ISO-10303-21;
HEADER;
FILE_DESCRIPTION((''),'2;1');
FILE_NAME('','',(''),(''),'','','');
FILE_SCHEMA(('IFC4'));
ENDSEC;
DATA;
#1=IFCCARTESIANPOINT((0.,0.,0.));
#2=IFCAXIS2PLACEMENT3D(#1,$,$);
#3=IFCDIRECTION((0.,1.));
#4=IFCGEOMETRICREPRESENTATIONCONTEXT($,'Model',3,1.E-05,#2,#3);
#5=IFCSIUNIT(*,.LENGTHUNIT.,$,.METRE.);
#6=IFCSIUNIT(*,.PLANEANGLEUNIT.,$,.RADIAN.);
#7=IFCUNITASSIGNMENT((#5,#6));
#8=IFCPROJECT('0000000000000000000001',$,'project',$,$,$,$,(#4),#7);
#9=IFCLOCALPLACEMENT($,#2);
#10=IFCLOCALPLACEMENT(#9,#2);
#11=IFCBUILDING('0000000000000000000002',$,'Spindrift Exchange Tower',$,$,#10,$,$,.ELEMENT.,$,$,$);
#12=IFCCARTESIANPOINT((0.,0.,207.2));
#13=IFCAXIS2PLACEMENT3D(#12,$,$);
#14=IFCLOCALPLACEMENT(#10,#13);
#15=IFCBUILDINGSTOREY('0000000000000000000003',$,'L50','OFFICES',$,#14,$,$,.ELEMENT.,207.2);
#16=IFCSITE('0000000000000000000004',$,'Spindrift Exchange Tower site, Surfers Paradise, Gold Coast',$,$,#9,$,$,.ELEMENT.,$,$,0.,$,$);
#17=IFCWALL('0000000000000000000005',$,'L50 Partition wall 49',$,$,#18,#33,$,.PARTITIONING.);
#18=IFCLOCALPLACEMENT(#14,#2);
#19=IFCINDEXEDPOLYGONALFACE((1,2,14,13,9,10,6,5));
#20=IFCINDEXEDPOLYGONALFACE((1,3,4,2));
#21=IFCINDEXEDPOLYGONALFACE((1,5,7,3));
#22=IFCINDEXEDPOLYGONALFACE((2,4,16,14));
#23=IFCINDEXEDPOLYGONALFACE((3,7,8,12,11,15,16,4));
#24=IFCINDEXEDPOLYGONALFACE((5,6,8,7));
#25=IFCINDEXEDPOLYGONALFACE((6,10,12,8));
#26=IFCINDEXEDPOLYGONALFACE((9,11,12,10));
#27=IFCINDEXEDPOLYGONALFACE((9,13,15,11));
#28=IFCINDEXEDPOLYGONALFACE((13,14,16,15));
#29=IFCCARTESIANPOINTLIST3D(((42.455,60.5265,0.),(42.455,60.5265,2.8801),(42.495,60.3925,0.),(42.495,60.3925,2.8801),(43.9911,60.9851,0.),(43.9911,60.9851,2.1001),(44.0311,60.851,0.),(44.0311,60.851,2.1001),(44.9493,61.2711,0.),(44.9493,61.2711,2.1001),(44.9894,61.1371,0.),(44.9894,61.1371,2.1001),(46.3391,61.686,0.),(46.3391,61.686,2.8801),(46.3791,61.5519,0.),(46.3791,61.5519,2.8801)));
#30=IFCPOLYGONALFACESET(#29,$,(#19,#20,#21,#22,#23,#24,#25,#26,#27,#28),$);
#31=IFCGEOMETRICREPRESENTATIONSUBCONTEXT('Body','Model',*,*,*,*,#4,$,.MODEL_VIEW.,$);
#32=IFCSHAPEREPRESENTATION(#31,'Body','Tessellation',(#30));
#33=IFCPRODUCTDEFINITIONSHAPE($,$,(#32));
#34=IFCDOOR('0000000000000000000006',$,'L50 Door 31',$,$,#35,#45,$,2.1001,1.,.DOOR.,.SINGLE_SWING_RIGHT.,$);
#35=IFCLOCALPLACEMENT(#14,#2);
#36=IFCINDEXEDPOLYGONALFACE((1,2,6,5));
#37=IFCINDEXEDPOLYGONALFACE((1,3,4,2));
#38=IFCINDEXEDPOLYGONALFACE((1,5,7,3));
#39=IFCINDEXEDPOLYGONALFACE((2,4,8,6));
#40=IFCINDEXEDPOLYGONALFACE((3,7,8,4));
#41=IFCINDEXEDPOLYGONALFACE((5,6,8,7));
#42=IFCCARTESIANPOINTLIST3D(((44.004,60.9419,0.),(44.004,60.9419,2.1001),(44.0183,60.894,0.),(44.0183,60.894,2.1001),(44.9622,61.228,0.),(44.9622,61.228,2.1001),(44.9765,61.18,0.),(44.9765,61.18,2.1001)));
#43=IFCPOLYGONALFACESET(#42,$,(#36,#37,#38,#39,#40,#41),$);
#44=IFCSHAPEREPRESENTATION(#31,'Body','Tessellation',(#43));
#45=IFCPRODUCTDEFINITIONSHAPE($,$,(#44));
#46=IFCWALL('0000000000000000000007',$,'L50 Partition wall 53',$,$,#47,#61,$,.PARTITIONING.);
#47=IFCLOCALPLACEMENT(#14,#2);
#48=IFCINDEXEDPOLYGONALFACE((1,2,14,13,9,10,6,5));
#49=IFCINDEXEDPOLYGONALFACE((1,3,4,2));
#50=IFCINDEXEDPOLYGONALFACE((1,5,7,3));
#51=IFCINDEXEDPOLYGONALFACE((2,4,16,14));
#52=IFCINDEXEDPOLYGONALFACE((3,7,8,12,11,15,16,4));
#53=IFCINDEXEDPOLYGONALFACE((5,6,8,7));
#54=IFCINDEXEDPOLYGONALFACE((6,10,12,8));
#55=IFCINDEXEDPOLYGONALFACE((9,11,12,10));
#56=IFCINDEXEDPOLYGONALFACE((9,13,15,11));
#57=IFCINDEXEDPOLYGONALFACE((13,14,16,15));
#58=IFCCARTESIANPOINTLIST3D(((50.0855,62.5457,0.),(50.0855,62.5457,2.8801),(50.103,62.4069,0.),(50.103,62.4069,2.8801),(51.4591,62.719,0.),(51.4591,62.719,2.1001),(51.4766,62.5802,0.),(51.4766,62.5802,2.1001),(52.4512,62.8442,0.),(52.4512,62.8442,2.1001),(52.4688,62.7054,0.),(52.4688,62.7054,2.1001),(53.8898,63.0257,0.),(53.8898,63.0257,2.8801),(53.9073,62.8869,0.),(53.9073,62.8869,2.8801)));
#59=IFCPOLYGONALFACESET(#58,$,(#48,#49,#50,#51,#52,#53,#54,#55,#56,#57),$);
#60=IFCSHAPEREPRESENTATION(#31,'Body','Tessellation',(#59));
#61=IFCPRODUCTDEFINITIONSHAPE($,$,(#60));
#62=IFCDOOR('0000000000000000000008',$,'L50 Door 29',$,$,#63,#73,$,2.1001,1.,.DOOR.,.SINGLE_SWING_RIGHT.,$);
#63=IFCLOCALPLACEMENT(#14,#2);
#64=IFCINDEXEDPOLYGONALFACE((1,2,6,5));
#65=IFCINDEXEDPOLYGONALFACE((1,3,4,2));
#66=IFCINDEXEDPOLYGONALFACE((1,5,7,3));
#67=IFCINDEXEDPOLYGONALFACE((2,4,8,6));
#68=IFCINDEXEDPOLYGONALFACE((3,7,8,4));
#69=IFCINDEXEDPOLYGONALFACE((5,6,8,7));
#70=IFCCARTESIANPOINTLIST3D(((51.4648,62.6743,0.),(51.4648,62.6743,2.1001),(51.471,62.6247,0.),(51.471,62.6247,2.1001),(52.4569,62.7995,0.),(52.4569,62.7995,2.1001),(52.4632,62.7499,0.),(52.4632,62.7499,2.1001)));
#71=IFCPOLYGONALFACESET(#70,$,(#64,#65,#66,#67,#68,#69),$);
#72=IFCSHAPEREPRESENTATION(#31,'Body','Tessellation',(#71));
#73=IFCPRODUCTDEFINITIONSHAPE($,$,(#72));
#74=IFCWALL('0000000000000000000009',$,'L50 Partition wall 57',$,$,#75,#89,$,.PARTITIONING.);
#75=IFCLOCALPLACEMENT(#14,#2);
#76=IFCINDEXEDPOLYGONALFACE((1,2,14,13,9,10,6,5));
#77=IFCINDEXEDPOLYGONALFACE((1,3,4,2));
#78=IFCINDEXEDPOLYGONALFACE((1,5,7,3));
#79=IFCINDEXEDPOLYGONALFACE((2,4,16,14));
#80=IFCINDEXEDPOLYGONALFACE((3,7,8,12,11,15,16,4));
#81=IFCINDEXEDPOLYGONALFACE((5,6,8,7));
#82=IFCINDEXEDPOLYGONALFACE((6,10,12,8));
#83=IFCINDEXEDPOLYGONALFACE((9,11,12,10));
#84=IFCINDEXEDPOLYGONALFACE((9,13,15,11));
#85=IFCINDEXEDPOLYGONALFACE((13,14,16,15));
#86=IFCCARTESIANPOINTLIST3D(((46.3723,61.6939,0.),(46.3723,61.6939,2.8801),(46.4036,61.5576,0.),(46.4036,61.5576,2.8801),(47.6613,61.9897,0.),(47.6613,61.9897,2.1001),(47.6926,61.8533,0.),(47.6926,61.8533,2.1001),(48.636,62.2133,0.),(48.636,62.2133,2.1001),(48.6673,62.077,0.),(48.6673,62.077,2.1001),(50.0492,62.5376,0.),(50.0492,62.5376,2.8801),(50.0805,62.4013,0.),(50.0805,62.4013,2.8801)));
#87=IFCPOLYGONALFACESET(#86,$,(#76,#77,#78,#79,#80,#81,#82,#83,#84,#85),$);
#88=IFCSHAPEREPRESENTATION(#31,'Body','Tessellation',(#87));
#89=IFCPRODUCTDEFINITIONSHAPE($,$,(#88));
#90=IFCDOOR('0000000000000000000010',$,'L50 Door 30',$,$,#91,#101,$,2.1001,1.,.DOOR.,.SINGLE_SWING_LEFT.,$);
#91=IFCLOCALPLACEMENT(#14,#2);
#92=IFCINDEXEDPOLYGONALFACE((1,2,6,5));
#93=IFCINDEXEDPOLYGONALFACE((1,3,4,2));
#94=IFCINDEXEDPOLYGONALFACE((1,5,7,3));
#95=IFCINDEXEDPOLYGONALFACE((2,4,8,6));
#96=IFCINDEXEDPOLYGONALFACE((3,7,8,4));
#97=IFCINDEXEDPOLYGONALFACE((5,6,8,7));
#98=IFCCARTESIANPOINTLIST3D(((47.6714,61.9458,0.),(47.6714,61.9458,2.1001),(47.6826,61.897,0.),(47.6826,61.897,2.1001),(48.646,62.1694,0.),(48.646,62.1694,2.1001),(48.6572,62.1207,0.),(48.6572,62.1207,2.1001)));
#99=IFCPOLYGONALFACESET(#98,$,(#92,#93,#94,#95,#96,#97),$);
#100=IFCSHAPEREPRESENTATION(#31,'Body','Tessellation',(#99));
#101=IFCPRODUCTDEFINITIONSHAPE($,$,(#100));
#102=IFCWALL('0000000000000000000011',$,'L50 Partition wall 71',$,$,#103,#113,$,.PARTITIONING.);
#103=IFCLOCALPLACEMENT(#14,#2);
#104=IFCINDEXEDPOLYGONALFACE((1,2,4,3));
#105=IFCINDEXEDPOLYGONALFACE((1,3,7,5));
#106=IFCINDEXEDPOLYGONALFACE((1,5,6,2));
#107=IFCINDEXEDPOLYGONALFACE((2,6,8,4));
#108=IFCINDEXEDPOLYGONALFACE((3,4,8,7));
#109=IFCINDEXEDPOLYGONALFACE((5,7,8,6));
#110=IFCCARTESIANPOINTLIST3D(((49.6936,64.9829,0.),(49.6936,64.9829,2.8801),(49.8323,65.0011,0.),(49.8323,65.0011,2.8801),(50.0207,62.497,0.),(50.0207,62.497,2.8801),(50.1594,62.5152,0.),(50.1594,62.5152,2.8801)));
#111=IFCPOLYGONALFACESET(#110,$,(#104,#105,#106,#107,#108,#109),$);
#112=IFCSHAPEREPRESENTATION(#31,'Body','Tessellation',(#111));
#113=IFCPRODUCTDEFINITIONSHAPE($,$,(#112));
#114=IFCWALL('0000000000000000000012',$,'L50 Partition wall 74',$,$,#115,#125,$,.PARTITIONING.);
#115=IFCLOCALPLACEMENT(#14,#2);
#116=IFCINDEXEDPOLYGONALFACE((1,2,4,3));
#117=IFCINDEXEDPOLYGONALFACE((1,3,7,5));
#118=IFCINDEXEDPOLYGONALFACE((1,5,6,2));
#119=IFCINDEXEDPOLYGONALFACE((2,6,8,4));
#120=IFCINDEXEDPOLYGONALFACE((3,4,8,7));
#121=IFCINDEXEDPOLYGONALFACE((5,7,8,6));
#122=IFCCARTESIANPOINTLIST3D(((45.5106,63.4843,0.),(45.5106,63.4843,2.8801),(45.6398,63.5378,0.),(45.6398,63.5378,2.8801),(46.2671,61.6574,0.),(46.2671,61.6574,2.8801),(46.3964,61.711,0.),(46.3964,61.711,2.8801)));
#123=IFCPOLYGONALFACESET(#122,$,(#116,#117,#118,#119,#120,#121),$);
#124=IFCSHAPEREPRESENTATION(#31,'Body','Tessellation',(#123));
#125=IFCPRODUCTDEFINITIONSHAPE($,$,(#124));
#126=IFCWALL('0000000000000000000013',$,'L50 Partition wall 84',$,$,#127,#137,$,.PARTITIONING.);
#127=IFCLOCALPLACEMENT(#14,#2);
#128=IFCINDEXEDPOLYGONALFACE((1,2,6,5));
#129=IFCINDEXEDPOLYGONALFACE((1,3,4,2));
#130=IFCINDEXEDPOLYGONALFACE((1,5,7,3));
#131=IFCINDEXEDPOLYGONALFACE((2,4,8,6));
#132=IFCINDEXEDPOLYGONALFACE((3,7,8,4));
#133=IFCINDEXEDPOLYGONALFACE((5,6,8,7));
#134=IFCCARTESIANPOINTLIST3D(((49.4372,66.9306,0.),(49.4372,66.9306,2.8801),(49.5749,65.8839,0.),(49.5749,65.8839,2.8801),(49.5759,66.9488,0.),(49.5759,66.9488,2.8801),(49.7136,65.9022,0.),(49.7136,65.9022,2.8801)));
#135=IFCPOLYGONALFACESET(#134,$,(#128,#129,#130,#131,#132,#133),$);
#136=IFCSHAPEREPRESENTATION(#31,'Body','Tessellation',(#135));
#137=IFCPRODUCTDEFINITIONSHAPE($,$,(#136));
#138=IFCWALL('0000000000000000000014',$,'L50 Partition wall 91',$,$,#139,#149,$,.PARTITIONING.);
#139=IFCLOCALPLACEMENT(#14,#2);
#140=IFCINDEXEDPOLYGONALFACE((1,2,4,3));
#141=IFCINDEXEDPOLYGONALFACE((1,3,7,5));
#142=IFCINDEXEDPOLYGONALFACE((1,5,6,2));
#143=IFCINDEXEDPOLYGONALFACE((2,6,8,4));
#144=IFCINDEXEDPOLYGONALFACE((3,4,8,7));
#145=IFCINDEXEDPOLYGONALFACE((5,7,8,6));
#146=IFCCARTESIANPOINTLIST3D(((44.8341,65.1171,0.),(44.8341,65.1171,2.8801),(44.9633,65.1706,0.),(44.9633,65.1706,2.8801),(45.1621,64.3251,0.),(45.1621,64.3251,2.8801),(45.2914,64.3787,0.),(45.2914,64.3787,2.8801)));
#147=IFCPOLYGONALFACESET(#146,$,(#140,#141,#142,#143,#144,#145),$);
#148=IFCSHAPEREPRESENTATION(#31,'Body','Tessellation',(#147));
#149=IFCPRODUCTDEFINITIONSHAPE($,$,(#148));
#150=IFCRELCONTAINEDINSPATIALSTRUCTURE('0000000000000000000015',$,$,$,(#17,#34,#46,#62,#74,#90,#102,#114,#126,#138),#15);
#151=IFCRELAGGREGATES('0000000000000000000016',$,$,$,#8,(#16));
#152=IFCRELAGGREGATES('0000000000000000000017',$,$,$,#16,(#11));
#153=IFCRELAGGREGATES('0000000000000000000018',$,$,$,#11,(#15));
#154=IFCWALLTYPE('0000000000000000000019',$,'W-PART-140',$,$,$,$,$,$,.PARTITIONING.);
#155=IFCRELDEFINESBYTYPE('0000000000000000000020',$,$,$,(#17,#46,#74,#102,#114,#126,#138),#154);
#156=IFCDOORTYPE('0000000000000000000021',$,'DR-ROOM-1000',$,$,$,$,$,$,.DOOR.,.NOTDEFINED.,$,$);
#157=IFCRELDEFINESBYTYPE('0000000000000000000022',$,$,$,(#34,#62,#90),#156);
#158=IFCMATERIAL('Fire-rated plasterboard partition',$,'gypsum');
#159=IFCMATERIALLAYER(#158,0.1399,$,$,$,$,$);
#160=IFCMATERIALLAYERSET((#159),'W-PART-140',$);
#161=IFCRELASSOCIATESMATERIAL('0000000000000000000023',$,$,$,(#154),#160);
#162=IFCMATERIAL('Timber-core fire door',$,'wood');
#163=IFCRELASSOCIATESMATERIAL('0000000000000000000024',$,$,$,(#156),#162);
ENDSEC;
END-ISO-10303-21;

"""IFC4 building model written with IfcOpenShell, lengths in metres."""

from ifc_helpers import new_model, si_unit, direction, frame, frame_2d, origin, place, context, subcontext, project, spatial, rectangle, extrude, source, transform, mapped, material, layer, layer_set, type_object, element, fill, save


model = new_model("IFC4")

# Units and contexts
model_context = context("Model", 3, precision=1e-05, world=origin(), true_north=direction((0.0, 1.0)))
body_context = subcontext(model_context, "Body", "Model", "MODEL_VIEW")
ifc_project = project(units=[si_unit("LENGTHUNIT", "METRE"), si_unit("PLANEANGLEUNIT", "RADIAN")], contexts=[model_context])

# Site, building, storey
site_placement = place(None, origin())
site = spatial("IfcSite", under=ifc_project, at=site_placement, Name="Spindrift Exchange Tower site, Surfers Paradise, Gold Coast", CompositionType="ELEMENT", RefElevation=0.0)
building_placement = place(site_placement, origin())
building = spatial("IfcBuilding", under=site, at=building_placement, Name="Spindrift Exchange Tower", CompositionType="ELEMENT")
storey_placement = place(building_placement, frame((0.0, 0.0, 207.2)))
storey = spatial("IfcBuildingStorey", under=building, at=storey_placement, Name="L50", Description="OFFICES", CompositionType="ELEMENT", Elevation=207.2)

# Walls, openings, doors
ifc_material_1 = material(Name="Fire-rated plasterboard partition", Category="gypsum")
ifc_layer_1 = layer(ifc_material_1, 0.1399)
ifc_layer_set_1 = layer_set([ifc_layer_1], Name="W-PART-140")
wall_type = type_object("IfcWallType", Name="W-PART-140", PredefinedType="PARTITIONING", material=ifc_layer_set_1)
wall_1_placement = place(storey_placement, frame((42.4749, 60.4595, 0.0), z_axis=(0.0, 0.0, 1.0), x_axis=(0.958218, 0.286038, 0.0)))
wall_1 = element("IfcWall", 1, at=wall_1_placement, inside=storey, type_object=wall_type, Name="L50 Partition wall 49", PredefinedType="PARTITIONING", context=body_context, shape_type="SweptSolid", body=[
    extrude(rectangle(XDim=4.0535, YDim=0.1399, at=frame_2d((2.0269, 0.0))), origin(), (0.0, 0.0, 1.0), 2.8801),
])
opening_1_placement = place(wall_1_placement, frame((1.6033, 0.0, 0.0)))
opening_1 = element("IfcOpeningElement", 2, at=opening_1_placement, cuts=wall_1, PredefinedType="OPENING", context=body_context, shape_type="SweptSolid", body=[
    extrude(rectangle(XDim=1.0, YDim=2.1001, at=frame_2d((0.5, 1.05))), frame((0.0, 0.0798, 0.0), z_axis=(0.0, -1.0, 0.0), x_axis=(1.0, 0.0, 0.0)), (0.0, 0.0, 1.0), 0.1599),
])
ifc_material_2 = material(Name="Timber-core fire door", Category="wood")
door_type = type_object("IfcDoorType", Name="DR-ROOM-1000", OperationType="NOTDEFINED", PredefinedType="DOOR", material=ifc_material_2)
shared_shape_1 = source(origin(), body_context, "Body", "SweptSolid", [
    extrude(rectangle(XDim=1.0, YDim=2.1001, at=frame_2d((0.5, 1.05))), frame((0.0, 0.0249, 0.0), z_axis=(0.0, -1.0, 0.0), x_axis=(1.0, 0.0, 0.0)), (0.0, 0.0, 1.0), 0.05),
])
door_1_placement = place(opening_1_placement, origin())
door_1 = element("IfcDoor", 3, at=door_1_placement, inside=storey, type_object=door_type, Name="L50 Door 31", OperationType="SINGLE_SWING_RIGHT", OverallHeight=2.1001, OverallWidth=1.0, PredefinedType="DOOR", context=body_context, shape_type="MappedRepresentation", body=[
    mapped(shared_shape_1, transform((0.0, 0.0, 0.0), scale=1.0)),
])
fill(opening_1, door_1)
wall_2_placement = place(storey_placement, frame((50.0942, 62.4763, 0.0), z_axis=(0.0, 0.0, 1.0), x_axis=(0.992134, 0.125179, 0.0)))
wall_2 = element("IfcWall", 4, at=wall_2_placement, inside=storey, type_object=wall_type, Name="L50 Partition wall 53", PredefinedType="PARTITIONING", context=body_context, shape_type="SweptSolid", body=[
    extrude(rectangle(XDim=3.8345, YDim=0.1399, at=frame_2d((1.9172, 0.0))), origin(), (0.0, 0.0, 1.0), 2.8801),
])
opening_2_placement = place(wall_2_placement, frame((1.3845, 0.0, 0.0)))
opening_2 = element("IfcOpeningElement", 5, at=opening_2_placement, cuts=wall_2, PredefinedType="OPENING", context=body_context, shape_type="SweptSolid", body=[
    extrude(rectangle(XDim=1.0, YDim=2.1001, at=frame_2d((0.5, 1.05))), frame((0.0, 0.0798, 0.0), z_axis=(0.0, -1.0, 0.0), x_axis=(1.0, 0.0, 0.0)), (0.0, 0.0, 1.0), 0.1599),
])
door_2_placement = place(opening_2_placement, origin())
door_2 = element("IfcDoor", 6, at=door_2_placement, inside=storey, type_object=door_type, Name="L50 Door 29", OperationType="SINGLE_SWING_RIGHT", OverallHeight=2.1001, OverallWidth=1.0, PredefinedType="DOOR", context=body_context, shape_type="MappedRepresentation", body=[
    mapped(shared_shape_1, transform((0.0, 0.0, 0.0), scale=1.0)),
])
fill(opening_2, door_2)
wall_3_placement = place(storey_placement, frame((46.3879, 61.6257, 0.0), z_axis=(0.0, 0.0, 1.0), x_axis=(0.974669, 0.223654, 0.0)))
wall_3 = element("IfcWall", 7, at=wall_3_placement, inside=storey, type_object=wall_type, Name="L50 Partition wall 57", PredefinedType="PARTITIONING", context=body_context, shape_type="SweptSolid", body=[
    extrude(rectangle(XDim=3.7725, YDim=0.1399, at=frame_2d((1.8862, 0.0))), origin(), (0.0, 0.0, 1.0), 2.8801),
])
opening_3_placement = place(wall_3_placement, frame((1.3225, 0.0, 0.0)))
opening_3 = element("IfcOpeningElement", 8, at=opening_3_placement, cuts=wall_3, PredefinedType="OPENING", context=body_context, shape_type="SweptSolid", body=[
    extrude(rectangle(XDim=1.0, YDim=2.1001, at=frame_2d((0.5, 1.05))), frame((0.0, 0.0798, 0.0), z_axis=(0.0, -1.0, 0.0), x_axis=(1.0, 0.0, 0.0)), (0.0, 0.0, 1.0), 0.1599),
])
door_3_placement = place(opening_3_placement, origin())
door_3 = element("IfcDoor", 9, at=door_3_placement, inside=storey, type_object=door_type, Name="L50 Door 30", OperationType="SINGLE_SWING_LEFT", OverallHeight=2.1001, OverallWidth=1.0, PredefinedType="DOOR", context=body_context, shape_type="MappedRepresentation", body=[
    mapped(shared_shape_1, transform((0.0, 0.0, 0.0), scale=1.0)),
])
fill(opening_3, door_3)

# Walls
wall_4_placement = place(storey_placement, frame((50.0901, 62.5061, 0.0), z_axis=(0.0, 0.0, 1.0), x_axis=(-0.13048, 0.991451, 0.0)))
element("IfcWall", 10, at=wall_4_placement, inside=storey, type_object=wall_type, Name="L50 Partition wall 71", PredefinedType="PARTITIONING", context=body_context, shape_type="SweptSolid", body=[
    extrude(rectangle(XDim=2.5073, YDim=0.1399, at=frame_2d((1.2537, 0.0))), origin(), (0.0, 0.0, 1.0), 2.8801),
])
wall_5_placement = place(storey_placement, frame((46.3318, 61.6841, 0.0), z_axis=(0.0, 0.0, 1.0), x_axis=(-0.382624, 0.923904, 0.0)))
element("IfcWall", 11, at=wall_5_placement, inside=storey, type_object=wall_type, Name="L50 Partition wall 74", PredefinedType="PARTITIONING", context=body_context, shape_type="SweptSolid", body=[
    extrude(rectangle(XDim=1.9773, YDim=0.1399, at=frame_2d((0.9888, 0.0))), origin(), (0.0, 0.0, 1.0), 2.8801),
])
wall_6_placement = place(storey_placement, frame((49.6443, 65.8931, 0.0), z_axis=(0.0, 0.0, 1.0), x_axis=(-0.130437, 0.991457, 0.0)))
element("IfcWall", 12, at=wall_6_placement, inside=storey, type_object=wall_type, Name="L50 Partition wall 84", PredefinedType="PARTITIONING", context=body_context, shape_type="SweptSolid", body=[
    extrude(rectangle(XDim=1.0557, YDim=0.1399, at=frame_2d((0.5278, 0.0))), origin(), (0.0, 0.0, 1.0), 2.8801),
])
wall_7_placement = place(storey_placement, frame((45.2268, 64.3518, 0.0), z_axis=(0.0, 0.0, 1.0), x_axis=(-0.382754, 0.92385, 0.0)))
element("IfcWall", 13, at=wall_7_placement, inside=storey, type_object=wall_type, Name="L50 Partition wall 91", PredefinedType="PARTITIONING", context=body_context, shape_type="SweptSolid", body=[
    extrude(rectangle(XDim=0.8572, YDim=0.1399, at=frame_2d((0.4287, 0.0))), origin(), (0.0, 0.0, 1.0), 2.8801),
])

save(model, "model.ifc")
